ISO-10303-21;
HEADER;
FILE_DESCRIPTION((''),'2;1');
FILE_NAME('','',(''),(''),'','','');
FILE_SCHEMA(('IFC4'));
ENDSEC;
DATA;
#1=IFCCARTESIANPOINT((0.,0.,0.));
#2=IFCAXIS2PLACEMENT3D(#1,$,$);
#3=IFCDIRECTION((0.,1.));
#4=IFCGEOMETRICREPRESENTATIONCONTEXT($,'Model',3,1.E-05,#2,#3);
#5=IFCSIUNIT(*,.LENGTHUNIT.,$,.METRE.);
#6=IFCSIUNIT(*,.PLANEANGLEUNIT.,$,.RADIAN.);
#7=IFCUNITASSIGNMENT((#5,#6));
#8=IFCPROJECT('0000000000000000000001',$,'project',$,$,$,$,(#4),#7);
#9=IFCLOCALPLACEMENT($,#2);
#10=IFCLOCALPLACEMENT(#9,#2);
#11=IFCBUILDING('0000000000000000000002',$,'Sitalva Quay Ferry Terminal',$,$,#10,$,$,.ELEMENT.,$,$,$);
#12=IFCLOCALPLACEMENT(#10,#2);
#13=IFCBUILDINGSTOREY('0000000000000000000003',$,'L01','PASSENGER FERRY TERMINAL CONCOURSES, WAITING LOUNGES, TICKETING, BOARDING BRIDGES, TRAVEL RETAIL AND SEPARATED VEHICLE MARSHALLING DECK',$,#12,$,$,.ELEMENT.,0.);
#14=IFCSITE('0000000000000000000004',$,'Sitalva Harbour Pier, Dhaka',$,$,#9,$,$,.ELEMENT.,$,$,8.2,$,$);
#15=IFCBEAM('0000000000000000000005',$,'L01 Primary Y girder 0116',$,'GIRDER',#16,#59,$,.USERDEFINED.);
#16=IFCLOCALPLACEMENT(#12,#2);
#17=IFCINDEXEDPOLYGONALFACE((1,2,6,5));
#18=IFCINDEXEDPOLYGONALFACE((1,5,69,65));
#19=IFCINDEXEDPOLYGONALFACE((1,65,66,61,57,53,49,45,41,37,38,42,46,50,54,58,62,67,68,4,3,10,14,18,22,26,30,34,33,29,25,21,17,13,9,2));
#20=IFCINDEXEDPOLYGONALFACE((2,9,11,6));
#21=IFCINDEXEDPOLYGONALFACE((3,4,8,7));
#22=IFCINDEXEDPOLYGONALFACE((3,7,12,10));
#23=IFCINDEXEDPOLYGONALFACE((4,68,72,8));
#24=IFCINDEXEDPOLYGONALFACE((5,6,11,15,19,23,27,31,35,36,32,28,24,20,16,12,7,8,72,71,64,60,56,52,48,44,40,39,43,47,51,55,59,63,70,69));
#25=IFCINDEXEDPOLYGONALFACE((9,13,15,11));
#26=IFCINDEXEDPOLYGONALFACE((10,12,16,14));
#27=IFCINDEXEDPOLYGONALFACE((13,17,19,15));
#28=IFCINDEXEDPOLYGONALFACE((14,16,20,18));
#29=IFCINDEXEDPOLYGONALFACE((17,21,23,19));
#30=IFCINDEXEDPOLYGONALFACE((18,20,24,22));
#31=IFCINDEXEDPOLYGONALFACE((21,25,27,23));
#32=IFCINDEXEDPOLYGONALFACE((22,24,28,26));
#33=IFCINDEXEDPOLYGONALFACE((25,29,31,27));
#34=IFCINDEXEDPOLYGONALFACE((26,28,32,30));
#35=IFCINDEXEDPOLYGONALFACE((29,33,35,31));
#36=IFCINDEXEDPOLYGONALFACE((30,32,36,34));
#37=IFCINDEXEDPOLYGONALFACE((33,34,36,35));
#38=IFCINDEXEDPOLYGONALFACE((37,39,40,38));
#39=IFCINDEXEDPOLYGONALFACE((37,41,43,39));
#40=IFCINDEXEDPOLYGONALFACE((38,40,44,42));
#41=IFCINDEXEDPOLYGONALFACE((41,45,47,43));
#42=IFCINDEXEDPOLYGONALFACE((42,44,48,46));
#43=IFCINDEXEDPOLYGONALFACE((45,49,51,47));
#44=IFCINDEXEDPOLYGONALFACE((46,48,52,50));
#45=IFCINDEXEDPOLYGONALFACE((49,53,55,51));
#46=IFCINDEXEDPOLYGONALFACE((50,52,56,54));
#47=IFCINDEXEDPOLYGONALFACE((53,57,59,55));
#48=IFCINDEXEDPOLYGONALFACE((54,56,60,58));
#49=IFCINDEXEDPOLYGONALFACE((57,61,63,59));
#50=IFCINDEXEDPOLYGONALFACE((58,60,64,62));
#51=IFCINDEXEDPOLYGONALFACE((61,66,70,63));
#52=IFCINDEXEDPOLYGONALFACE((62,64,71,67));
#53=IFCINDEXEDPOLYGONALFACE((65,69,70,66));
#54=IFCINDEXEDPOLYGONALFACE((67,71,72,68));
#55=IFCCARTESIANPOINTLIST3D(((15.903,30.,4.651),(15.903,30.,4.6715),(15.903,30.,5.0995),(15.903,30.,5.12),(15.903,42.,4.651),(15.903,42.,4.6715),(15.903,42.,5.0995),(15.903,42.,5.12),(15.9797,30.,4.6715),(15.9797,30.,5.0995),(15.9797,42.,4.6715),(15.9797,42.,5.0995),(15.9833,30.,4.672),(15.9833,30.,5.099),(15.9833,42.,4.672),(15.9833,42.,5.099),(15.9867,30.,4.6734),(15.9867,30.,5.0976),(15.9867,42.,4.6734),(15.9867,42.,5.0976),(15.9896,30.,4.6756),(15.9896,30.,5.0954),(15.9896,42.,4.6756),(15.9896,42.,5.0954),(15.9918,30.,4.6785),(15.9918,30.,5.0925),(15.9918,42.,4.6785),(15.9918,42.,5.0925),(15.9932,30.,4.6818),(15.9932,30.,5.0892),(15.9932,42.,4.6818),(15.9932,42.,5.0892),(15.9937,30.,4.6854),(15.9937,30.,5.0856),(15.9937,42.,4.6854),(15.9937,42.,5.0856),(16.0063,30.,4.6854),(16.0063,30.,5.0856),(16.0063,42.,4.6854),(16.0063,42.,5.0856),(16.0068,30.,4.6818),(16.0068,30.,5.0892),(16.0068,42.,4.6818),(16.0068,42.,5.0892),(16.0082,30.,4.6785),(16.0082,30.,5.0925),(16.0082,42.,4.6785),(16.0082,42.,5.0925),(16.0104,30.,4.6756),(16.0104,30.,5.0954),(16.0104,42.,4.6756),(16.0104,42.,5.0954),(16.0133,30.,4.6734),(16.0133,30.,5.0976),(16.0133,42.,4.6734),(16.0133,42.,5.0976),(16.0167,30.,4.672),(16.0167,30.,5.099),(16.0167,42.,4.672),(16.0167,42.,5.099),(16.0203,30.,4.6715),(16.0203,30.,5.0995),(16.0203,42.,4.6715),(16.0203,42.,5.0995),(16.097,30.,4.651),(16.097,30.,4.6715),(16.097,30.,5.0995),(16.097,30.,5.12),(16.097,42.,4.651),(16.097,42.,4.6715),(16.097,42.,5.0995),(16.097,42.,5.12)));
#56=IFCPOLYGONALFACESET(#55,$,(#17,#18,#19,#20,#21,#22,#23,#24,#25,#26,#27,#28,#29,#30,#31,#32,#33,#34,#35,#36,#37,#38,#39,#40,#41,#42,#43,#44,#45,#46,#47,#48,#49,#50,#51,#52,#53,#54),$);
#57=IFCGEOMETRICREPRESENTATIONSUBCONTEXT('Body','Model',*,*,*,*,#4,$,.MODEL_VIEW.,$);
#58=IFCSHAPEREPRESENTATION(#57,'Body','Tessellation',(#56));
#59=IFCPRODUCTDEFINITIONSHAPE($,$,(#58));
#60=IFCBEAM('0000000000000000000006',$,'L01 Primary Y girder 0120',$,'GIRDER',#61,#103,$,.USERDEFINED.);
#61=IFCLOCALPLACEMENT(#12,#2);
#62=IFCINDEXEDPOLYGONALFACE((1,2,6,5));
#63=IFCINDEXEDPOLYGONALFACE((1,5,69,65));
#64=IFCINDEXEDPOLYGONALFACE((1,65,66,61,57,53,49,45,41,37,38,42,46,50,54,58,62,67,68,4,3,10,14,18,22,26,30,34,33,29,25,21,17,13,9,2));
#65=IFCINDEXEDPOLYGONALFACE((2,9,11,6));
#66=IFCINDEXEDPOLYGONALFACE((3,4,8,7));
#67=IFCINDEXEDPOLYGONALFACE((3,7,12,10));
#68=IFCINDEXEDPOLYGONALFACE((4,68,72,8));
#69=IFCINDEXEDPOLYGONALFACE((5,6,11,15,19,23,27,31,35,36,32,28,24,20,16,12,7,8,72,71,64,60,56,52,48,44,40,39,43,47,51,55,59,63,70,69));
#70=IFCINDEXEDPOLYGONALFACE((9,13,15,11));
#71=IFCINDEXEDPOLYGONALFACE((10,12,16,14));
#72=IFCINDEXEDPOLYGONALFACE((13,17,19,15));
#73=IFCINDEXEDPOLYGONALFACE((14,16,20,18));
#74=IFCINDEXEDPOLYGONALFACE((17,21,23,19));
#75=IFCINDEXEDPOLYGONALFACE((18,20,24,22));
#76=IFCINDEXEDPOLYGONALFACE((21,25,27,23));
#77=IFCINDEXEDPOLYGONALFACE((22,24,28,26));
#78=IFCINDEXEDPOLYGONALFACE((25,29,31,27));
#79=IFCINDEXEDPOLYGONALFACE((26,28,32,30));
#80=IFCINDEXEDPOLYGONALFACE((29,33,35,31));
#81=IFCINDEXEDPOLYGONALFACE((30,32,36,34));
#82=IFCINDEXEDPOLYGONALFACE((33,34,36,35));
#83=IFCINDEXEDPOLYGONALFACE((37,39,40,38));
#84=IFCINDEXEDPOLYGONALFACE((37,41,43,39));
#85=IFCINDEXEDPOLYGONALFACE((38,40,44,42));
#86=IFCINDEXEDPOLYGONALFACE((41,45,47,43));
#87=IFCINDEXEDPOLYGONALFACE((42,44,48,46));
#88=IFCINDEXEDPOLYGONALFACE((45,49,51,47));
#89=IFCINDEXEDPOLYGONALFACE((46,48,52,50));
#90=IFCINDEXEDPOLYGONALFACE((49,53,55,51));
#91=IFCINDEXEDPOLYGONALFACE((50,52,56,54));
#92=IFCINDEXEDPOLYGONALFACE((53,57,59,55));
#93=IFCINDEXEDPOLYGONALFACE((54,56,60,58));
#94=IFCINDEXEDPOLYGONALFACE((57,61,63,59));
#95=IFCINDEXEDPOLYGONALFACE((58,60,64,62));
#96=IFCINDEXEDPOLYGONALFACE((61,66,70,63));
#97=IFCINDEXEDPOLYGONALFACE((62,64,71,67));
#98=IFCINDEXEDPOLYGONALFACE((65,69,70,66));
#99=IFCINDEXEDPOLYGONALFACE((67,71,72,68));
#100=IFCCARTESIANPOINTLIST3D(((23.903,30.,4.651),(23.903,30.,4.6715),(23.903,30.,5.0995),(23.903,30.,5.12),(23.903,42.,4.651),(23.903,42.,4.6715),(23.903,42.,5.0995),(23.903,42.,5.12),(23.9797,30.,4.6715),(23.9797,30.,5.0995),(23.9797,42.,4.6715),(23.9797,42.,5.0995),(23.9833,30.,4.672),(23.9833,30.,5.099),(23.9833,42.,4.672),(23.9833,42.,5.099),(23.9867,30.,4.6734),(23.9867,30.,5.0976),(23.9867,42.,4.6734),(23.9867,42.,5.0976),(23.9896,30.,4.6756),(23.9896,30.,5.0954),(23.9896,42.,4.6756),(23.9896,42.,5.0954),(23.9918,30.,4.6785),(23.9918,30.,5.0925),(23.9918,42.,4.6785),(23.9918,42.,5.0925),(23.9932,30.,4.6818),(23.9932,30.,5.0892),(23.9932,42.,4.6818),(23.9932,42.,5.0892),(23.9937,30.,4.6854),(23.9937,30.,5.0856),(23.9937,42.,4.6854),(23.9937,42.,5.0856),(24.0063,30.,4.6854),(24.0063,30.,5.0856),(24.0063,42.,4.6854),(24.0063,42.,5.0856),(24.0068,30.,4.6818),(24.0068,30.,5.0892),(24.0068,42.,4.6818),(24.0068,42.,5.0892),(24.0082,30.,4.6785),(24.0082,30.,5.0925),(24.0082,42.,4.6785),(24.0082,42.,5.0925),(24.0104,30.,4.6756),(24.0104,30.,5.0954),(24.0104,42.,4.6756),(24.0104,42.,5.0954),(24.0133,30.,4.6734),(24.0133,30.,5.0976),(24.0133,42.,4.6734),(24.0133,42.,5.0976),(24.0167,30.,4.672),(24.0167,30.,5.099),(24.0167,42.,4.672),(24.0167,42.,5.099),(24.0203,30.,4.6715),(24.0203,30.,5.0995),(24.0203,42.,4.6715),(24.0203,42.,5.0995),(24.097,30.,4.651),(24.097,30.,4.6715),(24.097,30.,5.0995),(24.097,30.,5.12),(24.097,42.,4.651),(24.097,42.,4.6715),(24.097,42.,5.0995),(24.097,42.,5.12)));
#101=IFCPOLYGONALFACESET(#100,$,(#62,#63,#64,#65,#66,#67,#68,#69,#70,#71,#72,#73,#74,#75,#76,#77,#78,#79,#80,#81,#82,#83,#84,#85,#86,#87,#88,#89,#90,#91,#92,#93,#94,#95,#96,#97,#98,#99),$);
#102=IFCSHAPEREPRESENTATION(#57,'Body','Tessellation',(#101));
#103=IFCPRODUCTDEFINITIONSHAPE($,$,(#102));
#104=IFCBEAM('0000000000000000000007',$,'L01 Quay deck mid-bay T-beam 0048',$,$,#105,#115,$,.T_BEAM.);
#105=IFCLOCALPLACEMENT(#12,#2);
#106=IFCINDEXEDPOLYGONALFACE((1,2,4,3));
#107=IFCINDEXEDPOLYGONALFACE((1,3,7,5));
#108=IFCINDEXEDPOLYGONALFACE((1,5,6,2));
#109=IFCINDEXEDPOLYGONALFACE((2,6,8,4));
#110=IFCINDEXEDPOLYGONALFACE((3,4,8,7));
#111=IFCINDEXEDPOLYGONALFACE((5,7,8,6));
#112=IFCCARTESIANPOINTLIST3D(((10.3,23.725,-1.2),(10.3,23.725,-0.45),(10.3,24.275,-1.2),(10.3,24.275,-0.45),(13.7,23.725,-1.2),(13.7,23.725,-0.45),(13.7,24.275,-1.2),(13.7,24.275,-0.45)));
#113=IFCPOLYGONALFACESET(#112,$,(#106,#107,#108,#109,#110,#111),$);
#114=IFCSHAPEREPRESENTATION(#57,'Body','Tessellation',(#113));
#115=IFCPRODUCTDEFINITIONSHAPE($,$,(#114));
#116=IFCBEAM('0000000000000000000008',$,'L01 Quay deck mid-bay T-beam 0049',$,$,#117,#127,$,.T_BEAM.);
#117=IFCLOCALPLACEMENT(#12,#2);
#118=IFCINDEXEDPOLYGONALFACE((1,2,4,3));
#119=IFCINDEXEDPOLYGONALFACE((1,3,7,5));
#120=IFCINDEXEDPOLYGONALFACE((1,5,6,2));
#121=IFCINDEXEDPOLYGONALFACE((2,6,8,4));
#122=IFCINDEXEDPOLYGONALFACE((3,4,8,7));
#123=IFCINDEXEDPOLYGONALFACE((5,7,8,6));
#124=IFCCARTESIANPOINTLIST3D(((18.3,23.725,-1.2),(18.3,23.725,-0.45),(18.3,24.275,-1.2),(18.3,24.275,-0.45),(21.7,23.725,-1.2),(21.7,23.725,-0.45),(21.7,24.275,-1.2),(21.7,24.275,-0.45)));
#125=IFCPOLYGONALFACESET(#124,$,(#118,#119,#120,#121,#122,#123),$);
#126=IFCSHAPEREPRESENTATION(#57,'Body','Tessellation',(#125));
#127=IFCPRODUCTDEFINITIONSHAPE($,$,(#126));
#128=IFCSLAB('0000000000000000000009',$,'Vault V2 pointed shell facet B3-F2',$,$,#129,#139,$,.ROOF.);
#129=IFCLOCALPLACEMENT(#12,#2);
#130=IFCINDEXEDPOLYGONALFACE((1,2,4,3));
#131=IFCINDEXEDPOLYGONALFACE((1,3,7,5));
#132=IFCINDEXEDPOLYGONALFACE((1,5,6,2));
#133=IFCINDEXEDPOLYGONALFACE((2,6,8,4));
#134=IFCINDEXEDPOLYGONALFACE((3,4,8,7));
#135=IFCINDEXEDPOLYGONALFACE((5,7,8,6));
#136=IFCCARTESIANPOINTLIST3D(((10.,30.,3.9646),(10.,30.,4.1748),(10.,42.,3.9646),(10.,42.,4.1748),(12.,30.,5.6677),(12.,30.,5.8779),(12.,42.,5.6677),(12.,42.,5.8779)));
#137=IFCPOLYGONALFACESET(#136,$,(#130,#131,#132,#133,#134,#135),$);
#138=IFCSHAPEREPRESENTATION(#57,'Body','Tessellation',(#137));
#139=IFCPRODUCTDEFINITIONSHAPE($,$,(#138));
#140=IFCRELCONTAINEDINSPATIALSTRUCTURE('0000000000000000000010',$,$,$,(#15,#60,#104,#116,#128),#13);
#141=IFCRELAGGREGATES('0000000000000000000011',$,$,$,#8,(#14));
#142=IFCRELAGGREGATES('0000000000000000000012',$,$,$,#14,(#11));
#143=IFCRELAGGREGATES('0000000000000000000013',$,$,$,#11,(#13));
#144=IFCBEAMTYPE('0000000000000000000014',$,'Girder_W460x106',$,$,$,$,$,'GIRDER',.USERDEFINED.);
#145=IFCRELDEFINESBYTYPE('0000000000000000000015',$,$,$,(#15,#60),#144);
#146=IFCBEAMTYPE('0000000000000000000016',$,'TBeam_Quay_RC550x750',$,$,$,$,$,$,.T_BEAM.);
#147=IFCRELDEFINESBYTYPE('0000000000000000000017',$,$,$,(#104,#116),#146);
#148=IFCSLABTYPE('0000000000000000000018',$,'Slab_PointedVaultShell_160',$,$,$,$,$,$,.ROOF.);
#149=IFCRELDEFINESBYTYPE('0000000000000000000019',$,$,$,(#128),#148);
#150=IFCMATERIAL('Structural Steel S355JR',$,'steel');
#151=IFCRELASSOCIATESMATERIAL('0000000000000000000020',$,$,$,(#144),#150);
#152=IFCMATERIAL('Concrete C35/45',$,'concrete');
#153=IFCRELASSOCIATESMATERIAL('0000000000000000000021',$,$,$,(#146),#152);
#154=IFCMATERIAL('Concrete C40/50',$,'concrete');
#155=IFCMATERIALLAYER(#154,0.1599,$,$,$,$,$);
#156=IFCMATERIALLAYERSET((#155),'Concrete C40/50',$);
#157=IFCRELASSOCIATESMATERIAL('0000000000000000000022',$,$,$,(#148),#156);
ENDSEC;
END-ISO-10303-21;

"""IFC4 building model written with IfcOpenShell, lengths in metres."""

from ifc_helpers import new_model, si_unit, direction, frame, origin, origin_2d, place, context, subcontext, project, spatial, polyline, rectangle, i_section, outline, extrude, material, layer, layer_set, material_profile, profile_set, type_object, element, save


model = new_model("IFC4")

# Units and contexts
model_context = context("Model", 3, precision=1e-05, world=origin(), true_north=direction((0.0, 1.0)))
body_context = subcontext(model_context, "Body", "Model", "MODEL_VIEW")
ifc_project = project(units=[si_unit("LENGTHUNIT", "METRE"), si_unit("PLANEANGLEUNIT", "RADIAN")], contexts=[model_context])

# Site, building, storey
site_placement = place(None, origin())
site = spatial("IfcSite", under=ifc_project, at=site_placement, Name="Sitalva Harbour Pier, Dhaka", CompositionType="ELEMENT", RefElevation=8.2)
building_placement = place(site_placement, origin())
building = spatial("IfcBuilding", under=site, at=building_placement, Name="Sitalva Quay Ferry Terminal", CompositionType="ELEMENT")
storey_placement = place(building_placement, origin())
storey = spatial("IfcBuildingStorey", under=building, at=storey_placement, Name="L01", Description="PASSENGER FERRY TERMINAL CONCOURSES, WAITING LOUNGES, TICKETING, BOARDING BRIDGES, TRAVEL RETAIL AND SEPARATED VEHICLE MARSHALLING DECK", CompositionType="ELEMENT", Elevation=0.0)

# Beams
ifc_material_1 = material(Name="Structural Steel S355JR", Category="steel")
ifc_material_profile_1 = material_profile(ifc_material_1, i_section(OverallWidth=0.1941, OverallDepth=0.469, WebThickness=0.0127, FlangeThickness=0.0205, FilletRadius=0.0139, at=origin_2d()), Name="W460x106")
ifc_profile_set_1 = profile_set([ifc_material_profile_1], Name="Structural Steel S355JR")
beam_type_1 = type_object("IfcBeamType", Name="Girder_W460x106", ElementType="GIRDER", PredefinedType="USERDEFINED", material=ifc_profile_set_1)
for number, where, z_axis, x_axis, name in (
    (1, (16.0, 30.0, 4.8855), (0.0, 1.0, 0.0), (-1.0, 0.0, 0.0), "L01 Primary Y girder 0116"),
    (2, (24.0, 30.0, 4.8855), (0.0, 1.0, 0.0), (-1.0, 0.0, 0.0), "L01 Primary Y girder 0120"),
):
    element("IfcBeam", number, at=place(storey_placement, frame(where, z_axis=z_axis, x_axis=x_axis)), inside=storey, type_object=beam_type_1, Name=name, ObjectType="GIRDER", PredefinedType="USERDEFINED", context=body_context, shape_type="SweptSolid", body=[
        extrude(i_section(OverallWidth=0.1941, OverallDepth=0.469, WebThickness=0.0127, FlangeThickness=0.0205, FilletRadius=0.0139, at=origin_2d()), origin(), (0.0, 0.0, 1.0), 12.0),
    ])
ifc_material_2 = material(Name="Concrete C35/45", Category="concrete")
ifc_material_profile_2 = material_profile(ifc_material_2, rectangle(XDim=0.55, YDim=0.75, at=origin_2d()), Name="RC550x750")
ifc_profile_set_2 = profile_set([ifc_material_profile_2], Name="Concrete C35/45")
beam_type_2 = type_object("IfcBeamType", Name="TBeam_Quay_RC550x750", PredefinedType="T_BEAM", material=ifc_profile_set_2)
for number, where, z_axis, x_axis, name in (
    (3, (10.3, 24.0, -0.825), (1.0, 0.0, 0.0), (0.0, 1.0, 0.0), "L01 Quay deck mid-bay T-beam 0048"),
    (4, (18.3, 24.0, -0.825), (1.0, 0.0, 0.0), (0.0, 1.0, 0.0), "L01 Quay deck mid-bay T-beam 0049"),
):
    element("IfcBeam", number, at=place(storey_placement, frame(where, z_axis=z_axis, x_axis=x_axis)), inside=storey, type_object=beam_type_2, Name=name, PredefinedType="T_BEAM", context=body_context, shape_type="SweptSolid", body=[
        extrude(rectangle(XDim=0.55, YDim=0.75, at=origin_2d()), origin(), (0.0, 0.0, 1.0), 3.3999),
    ])

# Slab
ifc_material_3 = material(Name="Concrete C40/50", Category="concrete")
ifc_layer = layer(ifc_material_3, 0.1599)
ifc_layer_set = layer_set([ifc_layer], Name="Concrete C40/50")
slab_type = type_object("IfcSlabType", Name="Slab_PointedVaultShell_160", PredefinedType="ROOF", material=ifc_layer_set)
slab_placement = place(storey_placement, frame((10.0, 30.0, 4.1748), z_axis=(-0.648339, 0.0, 0.761352), x_axis=(0.761352, 0.0, 0.648339)))
element("IfcSlab", 5, at=slab_placement, inside=storey, type_object=slab_type, Name="Vault V2 pointed shell facet B3-F2", PredefinedType="ROOF", context=body_context, shape_type="SweptSolid", body=[
    extrude(outline(polyline([(0.0, 0.0), (2.6269, 0.0), (2.6269, 12.0), (0.0, 12.0), (0.0, 0.0)])), origin(), (-0.648339, 0.0, -0.761352), 0.2102),
])

save(model, "model.ifc")
